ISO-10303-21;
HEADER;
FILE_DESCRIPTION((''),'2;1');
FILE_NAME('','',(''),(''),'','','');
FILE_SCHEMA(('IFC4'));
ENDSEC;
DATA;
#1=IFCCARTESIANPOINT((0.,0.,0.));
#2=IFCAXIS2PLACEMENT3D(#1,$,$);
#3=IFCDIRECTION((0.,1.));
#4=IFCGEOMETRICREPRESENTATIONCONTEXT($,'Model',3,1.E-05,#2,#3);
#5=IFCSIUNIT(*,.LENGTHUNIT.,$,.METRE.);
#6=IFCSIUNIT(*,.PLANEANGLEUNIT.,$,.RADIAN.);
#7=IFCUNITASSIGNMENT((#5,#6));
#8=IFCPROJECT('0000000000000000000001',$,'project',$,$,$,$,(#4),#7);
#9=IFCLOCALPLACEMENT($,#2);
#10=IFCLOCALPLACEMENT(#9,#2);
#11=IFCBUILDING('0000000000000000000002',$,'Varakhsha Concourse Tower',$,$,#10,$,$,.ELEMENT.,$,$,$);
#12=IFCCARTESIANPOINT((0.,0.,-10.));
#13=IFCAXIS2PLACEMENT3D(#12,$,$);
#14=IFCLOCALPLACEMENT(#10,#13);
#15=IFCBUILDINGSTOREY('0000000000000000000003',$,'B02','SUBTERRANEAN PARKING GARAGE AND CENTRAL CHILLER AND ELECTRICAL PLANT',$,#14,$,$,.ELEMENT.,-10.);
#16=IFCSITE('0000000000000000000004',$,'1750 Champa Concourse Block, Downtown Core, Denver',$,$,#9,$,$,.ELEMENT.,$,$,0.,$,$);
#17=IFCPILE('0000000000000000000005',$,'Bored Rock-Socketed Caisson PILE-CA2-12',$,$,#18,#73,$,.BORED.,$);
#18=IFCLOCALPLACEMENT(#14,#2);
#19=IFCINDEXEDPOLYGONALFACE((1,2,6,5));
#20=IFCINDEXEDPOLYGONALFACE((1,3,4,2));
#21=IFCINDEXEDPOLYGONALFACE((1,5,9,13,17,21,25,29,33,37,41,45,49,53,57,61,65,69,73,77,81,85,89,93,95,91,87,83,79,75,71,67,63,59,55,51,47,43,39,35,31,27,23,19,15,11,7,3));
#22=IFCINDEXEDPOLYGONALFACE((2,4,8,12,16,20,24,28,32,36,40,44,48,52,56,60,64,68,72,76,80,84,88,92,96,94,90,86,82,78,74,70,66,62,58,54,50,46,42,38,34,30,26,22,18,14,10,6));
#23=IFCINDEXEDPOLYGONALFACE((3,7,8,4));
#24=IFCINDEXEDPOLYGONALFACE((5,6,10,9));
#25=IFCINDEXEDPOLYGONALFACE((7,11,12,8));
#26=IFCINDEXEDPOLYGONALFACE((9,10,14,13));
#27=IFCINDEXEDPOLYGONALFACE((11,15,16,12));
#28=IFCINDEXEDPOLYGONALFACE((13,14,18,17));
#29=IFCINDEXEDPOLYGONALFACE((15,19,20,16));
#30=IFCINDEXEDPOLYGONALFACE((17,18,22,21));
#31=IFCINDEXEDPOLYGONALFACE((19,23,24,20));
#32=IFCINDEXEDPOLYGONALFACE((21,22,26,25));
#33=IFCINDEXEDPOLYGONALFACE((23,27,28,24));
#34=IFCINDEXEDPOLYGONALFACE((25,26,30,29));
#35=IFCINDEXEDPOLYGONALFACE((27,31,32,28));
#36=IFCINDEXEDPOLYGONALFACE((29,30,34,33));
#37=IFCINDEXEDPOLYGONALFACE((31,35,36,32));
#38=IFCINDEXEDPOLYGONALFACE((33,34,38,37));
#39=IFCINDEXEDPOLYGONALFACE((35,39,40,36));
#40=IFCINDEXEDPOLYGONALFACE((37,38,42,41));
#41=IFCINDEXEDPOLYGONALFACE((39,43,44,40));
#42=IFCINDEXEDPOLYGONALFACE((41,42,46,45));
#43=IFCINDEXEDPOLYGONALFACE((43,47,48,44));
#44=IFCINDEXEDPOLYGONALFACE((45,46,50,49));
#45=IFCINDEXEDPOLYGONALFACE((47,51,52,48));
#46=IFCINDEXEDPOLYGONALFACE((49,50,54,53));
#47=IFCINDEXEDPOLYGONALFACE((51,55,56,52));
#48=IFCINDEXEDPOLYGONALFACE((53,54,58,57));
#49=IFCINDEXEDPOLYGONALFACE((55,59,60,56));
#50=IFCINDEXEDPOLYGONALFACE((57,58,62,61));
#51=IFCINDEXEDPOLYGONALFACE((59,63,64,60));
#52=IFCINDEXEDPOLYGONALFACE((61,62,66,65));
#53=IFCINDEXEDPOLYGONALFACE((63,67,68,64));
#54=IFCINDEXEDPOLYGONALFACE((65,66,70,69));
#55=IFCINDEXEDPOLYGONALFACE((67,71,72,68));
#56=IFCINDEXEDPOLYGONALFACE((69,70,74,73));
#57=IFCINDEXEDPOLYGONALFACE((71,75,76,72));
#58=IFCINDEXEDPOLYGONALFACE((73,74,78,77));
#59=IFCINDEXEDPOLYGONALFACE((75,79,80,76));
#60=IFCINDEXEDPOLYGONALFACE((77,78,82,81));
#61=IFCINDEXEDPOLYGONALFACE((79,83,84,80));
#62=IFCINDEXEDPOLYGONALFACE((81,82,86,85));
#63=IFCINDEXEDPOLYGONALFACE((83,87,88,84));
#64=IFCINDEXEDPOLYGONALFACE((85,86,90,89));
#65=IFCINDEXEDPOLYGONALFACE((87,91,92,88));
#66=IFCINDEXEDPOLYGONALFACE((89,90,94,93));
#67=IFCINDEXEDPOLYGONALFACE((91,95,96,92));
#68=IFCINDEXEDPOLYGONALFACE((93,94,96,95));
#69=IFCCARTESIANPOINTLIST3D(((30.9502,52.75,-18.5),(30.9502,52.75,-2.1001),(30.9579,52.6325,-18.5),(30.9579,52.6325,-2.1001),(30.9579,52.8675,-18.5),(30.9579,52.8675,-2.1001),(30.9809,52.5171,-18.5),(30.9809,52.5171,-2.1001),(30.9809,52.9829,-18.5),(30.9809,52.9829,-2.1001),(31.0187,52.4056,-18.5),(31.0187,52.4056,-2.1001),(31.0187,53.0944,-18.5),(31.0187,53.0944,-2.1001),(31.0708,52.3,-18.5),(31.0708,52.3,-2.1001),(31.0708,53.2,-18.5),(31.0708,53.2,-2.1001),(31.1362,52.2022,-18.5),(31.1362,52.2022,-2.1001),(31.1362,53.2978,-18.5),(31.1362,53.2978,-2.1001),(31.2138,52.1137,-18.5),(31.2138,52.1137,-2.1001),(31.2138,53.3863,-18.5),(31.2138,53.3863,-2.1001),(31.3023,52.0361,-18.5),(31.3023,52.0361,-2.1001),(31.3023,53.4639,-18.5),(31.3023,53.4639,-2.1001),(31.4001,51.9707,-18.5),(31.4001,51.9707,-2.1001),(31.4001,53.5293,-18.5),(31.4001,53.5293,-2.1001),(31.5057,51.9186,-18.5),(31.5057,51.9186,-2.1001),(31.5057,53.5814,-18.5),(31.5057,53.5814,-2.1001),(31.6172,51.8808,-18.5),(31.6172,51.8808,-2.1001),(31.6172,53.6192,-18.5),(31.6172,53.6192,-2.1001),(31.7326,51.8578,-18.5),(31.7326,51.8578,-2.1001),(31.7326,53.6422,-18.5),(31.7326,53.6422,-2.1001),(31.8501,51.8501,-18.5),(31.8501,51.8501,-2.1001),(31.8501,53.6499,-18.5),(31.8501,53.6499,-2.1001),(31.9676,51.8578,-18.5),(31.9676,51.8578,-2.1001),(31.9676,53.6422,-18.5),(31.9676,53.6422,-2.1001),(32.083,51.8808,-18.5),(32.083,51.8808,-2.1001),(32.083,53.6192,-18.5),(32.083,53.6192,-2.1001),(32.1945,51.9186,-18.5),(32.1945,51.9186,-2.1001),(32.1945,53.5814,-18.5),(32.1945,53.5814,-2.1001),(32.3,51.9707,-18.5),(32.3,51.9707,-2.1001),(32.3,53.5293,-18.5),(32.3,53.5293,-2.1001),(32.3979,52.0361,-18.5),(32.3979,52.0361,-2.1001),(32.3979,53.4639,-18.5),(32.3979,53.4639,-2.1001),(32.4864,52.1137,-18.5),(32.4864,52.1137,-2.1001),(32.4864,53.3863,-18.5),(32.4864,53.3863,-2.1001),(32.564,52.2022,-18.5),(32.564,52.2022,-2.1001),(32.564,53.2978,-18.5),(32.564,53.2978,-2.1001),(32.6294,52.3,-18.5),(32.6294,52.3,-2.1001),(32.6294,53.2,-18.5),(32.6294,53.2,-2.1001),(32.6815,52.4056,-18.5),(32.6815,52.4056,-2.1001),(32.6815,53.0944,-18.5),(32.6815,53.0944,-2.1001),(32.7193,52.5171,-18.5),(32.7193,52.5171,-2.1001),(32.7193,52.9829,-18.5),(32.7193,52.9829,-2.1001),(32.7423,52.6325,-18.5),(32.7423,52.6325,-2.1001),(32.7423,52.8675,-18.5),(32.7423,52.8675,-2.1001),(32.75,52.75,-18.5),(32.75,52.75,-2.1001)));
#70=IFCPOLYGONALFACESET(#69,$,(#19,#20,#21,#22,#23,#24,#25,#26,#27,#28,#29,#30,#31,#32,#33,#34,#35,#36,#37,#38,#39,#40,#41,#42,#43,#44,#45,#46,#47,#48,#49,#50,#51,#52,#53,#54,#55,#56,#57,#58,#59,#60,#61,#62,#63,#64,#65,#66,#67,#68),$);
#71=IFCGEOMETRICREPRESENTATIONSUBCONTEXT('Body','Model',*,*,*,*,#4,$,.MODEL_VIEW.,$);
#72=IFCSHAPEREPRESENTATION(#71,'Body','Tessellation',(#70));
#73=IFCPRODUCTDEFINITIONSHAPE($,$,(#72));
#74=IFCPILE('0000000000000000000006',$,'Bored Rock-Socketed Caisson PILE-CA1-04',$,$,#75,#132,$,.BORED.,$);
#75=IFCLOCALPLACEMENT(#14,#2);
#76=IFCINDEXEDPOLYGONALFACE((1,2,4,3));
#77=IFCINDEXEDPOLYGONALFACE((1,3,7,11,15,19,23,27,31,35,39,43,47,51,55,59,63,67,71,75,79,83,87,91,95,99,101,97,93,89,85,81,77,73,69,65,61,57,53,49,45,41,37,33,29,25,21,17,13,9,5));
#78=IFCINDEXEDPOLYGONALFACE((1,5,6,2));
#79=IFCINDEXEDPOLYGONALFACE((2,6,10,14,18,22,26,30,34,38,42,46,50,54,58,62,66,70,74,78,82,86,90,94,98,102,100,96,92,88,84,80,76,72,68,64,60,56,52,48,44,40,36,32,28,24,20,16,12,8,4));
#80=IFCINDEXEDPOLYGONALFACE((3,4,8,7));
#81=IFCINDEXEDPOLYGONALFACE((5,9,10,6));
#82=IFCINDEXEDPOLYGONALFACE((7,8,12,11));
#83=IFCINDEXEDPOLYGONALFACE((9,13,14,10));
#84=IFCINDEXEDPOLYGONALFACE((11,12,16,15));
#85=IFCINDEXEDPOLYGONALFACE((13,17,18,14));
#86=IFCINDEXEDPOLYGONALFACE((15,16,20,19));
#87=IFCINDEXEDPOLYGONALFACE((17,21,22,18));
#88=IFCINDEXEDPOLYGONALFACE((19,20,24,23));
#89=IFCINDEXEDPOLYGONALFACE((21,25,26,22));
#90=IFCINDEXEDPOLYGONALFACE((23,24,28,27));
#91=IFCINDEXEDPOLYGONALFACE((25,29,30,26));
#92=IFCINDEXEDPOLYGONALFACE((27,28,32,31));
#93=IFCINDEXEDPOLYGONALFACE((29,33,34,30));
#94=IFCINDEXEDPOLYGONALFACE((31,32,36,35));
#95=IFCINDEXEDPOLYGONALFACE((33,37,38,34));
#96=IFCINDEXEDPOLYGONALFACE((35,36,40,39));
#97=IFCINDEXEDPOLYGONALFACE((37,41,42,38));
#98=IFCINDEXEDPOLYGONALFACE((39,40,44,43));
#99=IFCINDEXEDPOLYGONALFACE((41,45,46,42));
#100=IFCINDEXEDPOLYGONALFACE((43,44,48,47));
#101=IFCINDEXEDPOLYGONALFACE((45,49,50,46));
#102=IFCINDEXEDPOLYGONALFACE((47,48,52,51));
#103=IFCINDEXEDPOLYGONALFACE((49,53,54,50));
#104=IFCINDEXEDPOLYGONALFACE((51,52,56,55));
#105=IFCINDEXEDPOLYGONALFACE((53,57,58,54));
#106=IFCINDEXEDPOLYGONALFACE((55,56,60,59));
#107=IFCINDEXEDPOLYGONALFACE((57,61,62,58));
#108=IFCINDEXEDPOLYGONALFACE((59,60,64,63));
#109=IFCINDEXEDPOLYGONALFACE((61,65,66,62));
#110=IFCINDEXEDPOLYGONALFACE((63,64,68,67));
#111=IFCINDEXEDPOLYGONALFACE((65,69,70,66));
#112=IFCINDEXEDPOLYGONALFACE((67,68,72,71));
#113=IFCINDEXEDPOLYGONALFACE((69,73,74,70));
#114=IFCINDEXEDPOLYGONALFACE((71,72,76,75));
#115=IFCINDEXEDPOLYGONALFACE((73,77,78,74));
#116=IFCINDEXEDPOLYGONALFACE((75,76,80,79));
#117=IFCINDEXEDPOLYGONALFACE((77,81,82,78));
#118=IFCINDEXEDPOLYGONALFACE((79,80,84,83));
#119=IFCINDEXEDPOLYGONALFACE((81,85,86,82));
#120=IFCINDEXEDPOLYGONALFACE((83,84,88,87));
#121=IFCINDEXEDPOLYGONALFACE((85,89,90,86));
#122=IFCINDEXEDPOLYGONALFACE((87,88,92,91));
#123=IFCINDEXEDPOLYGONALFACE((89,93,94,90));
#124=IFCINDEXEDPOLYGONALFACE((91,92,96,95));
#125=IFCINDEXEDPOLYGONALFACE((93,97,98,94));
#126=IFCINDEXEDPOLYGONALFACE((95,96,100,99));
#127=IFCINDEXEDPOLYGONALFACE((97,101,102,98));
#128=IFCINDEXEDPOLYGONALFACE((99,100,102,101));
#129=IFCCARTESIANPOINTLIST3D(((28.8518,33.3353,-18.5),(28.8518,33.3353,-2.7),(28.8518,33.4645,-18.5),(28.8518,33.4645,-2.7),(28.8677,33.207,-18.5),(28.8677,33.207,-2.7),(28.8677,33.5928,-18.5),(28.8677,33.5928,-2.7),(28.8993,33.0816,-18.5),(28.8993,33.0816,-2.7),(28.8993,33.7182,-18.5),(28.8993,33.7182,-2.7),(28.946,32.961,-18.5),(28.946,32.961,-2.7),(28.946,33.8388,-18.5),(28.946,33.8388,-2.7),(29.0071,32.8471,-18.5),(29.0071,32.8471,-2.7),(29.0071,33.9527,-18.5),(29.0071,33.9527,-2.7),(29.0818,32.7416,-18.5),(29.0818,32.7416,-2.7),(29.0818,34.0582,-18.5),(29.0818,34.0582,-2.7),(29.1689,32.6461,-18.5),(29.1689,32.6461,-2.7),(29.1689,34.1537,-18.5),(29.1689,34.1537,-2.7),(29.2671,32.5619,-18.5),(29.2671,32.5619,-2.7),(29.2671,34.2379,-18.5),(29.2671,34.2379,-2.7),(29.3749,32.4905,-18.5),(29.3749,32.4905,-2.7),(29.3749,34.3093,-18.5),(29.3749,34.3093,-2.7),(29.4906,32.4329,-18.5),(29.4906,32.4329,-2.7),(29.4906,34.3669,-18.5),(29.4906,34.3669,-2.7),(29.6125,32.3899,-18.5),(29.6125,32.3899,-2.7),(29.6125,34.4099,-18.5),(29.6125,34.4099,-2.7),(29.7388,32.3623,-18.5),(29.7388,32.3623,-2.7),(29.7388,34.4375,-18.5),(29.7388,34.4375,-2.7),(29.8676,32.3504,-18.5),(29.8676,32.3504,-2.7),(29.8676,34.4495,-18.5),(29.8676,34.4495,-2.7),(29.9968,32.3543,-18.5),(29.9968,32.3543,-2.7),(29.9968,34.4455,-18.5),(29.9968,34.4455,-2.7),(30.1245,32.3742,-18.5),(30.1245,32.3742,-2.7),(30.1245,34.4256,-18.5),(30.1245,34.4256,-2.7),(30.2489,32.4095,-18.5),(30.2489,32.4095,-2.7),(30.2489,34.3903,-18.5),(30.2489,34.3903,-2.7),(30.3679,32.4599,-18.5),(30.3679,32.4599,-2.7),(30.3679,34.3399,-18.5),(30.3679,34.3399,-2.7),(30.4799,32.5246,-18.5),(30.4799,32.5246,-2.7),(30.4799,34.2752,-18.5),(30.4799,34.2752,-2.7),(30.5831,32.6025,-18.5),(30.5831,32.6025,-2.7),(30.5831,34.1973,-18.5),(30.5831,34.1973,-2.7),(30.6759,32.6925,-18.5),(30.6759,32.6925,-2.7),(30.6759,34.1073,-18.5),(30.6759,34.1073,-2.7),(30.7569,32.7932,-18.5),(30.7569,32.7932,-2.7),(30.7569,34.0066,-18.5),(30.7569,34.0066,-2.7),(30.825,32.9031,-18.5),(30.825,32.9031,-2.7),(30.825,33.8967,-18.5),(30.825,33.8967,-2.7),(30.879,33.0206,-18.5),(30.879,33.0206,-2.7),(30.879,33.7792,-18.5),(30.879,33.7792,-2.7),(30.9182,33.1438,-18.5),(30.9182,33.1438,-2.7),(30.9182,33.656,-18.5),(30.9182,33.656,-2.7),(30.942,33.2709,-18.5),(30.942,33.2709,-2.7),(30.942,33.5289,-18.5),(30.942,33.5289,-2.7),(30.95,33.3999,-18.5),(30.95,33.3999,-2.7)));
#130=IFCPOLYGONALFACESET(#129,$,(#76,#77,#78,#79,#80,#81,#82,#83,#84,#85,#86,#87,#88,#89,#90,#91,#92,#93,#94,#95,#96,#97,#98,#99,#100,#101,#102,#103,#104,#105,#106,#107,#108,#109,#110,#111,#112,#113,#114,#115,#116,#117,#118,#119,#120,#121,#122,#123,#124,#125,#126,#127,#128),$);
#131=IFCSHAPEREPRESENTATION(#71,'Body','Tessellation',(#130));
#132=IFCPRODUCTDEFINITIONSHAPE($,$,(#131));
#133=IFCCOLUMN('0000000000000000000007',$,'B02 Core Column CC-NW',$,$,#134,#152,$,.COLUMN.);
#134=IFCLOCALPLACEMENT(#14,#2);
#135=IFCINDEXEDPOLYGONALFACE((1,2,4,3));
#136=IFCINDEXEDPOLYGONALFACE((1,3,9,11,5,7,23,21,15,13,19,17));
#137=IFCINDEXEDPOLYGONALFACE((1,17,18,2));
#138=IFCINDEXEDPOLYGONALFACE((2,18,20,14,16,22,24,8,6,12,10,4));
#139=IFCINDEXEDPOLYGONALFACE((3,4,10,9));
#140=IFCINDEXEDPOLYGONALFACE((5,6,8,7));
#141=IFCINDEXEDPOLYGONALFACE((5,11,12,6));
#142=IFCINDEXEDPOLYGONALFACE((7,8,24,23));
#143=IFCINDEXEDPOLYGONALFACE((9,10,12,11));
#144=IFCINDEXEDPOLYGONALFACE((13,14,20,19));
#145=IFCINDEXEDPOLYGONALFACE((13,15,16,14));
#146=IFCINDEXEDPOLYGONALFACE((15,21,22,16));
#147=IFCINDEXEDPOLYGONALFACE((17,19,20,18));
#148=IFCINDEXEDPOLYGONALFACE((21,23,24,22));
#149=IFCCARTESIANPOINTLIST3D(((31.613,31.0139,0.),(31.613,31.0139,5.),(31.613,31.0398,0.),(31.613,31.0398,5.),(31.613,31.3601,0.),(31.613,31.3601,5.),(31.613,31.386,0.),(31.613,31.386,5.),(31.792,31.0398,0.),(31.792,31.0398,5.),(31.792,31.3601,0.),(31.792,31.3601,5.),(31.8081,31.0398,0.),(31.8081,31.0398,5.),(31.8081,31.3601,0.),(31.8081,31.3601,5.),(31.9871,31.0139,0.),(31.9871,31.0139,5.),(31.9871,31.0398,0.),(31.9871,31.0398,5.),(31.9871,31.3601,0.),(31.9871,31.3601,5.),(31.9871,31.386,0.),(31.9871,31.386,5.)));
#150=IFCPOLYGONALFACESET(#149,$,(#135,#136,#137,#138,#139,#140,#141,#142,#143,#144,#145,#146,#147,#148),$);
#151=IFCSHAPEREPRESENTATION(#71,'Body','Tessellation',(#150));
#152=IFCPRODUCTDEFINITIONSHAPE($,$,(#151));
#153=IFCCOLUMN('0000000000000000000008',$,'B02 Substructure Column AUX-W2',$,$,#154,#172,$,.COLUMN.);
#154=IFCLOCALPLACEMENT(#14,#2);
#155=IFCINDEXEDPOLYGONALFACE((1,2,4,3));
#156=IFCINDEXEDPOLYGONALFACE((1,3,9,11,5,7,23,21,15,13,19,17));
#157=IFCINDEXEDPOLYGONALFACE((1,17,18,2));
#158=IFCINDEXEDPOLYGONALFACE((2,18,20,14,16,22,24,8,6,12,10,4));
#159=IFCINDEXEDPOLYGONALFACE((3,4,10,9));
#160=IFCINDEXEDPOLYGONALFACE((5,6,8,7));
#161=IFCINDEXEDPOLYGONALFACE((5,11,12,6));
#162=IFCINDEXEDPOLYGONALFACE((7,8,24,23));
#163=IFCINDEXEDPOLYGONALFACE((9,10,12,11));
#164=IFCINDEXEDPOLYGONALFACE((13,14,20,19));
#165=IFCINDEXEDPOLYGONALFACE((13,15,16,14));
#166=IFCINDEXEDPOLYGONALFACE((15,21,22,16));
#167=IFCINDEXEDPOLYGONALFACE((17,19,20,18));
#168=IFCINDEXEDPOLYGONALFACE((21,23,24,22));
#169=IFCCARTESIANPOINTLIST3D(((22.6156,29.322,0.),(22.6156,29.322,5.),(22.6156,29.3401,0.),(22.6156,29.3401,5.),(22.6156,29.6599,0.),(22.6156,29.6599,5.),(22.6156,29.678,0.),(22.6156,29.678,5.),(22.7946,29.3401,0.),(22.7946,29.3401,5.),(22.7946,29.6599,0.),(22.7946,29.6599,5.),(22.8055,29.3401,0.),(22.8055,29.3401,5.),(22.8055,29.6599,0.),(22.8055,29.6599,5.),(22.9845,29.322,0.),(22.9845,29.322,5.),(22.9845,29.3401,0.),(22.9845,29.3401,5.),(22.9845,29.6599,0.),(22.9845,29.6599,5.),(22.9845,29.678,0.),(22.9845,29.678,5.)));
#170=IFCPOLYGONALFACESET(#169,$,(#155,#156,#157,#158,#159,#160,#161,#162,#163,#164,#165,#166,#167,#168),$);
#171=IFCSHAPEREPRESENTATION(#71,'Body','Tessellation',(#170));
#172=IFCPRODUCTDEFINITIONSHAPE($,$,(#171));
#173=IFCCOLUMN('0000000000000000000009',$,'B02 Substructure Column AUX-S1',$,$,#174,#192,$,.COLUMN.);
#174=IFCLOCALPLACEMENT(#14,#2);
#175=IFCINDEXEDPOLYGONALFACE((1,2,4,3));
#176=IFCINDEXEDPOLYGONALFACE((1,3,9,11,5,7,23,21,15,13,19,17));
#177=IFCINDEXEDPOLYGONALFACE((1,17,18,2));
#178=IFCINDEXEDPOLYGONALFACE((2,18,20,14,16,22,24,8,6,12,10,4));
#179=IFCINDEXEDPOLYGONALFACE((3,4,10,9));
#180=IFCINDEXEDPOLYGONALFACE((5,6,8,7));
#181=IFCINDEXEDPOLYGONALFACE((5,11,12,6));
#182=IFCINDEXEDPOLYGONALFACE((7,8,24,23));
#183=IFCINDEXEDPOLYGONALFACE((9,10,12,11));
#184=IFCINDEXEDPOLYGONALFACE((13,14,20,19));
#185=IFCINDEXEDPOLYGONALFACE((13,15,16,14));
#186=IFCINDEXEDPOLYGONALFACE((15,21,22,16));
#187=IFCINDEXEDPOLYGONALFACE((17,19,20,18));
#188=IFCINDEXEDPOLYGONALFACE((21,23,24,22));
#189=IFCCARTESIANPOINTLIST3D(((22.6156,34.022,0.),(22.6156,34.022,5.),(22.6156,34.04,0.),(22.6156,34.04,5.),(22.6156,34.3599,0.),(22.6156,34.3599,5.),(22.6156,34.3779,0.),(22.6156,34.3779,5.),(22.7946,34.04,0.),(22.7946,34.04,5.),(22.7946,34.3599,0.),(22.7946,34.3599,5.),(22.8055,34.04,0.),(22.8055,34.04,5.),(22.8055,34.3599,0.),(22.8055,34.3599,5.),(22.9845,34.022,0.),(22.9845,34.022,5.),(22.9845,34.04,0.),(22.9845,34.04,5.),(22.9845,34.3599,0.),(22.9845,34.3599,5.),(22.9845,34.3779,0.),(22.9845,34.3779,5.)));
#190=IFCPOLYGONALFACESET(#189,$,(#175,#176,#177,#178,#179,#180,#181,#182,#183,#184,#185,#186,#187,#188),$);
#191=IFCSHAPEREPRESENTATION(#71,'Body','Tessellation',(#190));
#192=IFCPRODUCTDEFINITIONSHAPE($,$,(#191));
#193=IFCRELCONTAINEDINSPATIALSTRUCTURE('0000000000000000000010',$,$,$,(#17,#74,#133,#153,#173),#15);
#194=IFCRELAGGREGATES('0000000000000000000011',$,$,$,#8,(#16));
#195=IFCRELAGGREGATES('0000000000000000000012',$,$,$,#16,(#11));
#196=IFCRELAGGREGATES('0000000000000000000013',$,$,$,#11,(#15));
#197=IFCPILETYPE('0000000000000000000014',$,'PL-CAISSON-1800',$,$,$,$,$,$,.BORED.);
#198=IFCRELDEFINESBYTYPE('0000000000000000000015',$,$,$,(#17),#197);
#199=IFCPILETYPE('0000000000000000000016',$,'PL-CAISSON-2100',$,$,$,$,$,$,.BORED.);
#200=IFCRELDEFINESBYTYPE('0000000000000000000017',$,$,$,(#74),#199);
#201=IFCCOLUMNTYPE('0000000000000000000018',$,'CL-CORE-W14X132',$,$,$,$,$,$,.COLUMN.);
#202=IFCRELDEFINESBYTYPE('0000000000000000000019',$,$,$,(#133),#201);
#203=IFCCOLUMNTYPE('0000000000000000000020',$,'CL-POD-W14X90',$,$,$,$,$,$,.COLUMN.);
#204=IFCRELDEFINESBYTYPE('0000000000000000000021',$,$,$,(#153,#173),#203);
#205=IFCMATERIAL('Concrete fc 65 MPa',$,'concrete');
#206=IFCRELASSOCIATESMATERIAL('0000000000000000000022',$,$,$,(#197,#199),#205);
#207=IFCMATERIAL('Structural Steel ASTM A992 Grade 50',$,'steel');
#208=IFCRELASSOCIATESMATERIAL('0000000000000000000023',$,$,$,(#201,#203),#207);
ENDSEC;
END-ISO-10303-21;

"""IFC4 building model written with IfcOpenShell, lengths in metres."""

from ifc_helpers import new_model, si_unit, direction, frame, origin, origin_2d, place, context, subcontext, project, spatial, circle, i_section, extrude, material, material_profile, profile_set, type_object, element, save


model = new_model("IFC4")

# Units and contexts
model_context = context("Model", 3, precision=1e-05, world=origin(), true_north=direction((0.0, 1.0)))
body_context = subcontext(model_context, "Body", "Model", "MODEL_VIEW")
ifc_project = project(units=[si_unit("LENGTHUNIT", "METRE"), si_unit("PLANEANGLEUNIT", "RADIAN")], contexts=[model_context])

# Site, building, storey
site_placement = place(None, origin())
site = spatial("IfcSite", under=ifc_project, at=site_placement, Name="1750 Champa Concourse Block, Downtown Core, Denver", CompositionType="ELEMENT", RefElevation=0.0)
building_placement = place(site_placement, origin())
building = spatial("IfcBuilding", under=site, at=building_placement, Name="Varakhsha Concourse Tower", CompositionType="ELEMENT")
storey_placement = place(building_placement, frame((0.0, 0.0, -10.0)))
storey = spatial("IfcBuildingStorey", under=building, at=storey_placement, Name="B02", Description="SUBTERRANEAN PARKING GARAGE AND CENTRAL CHILLER AND ELECTRICAL PLANT", CompositionType="ELEMENT", Elevation=-10.0)

# Piles
ifc_material_1 = material(Name="Concrete fc 65 MPa", Category="concrete")
ifc_material_profile_1 = material_profile(ifc_material_1, circle(Radius=0.8999, at=origin_2d()), Name="CAISSON D1800")
ifc_profile_set_1 = profile_set([ifc_material_profile_1], Name="Concrete fc 65 MPa")
pile_type_1 = type_object("IfcPileType", Name="PL-CAISSON-1800", PredefinedType="BORED", material=ifc_profile_set_1)
for number, where, z_axis, x_axis, name in (
    (1, (31.8501, 52.75, -2.1001), (0.0, 0.0, -1.0), (1.0, 0.0, 0.0), "Bored Rock-Socketed Caisson PILE-CA2-12"),
):
    element("IfcPile", number, at=place(storey_placement, frame(where, z_axis=z_axis, x_axis=x_axis)), inside=storey, type_object=pile_type_1, Name=name, PredefinedType="BORED", context=body_context, shape_type="SweptSolid", body=[
        extrude(circle(Radius=0.8999, at=origin_2d()), origin(), (0.0, 0.0, 1.0), 16.3999),
    ])
ifc_material_profile_2 = material_profile(ifc_material_1, circle(Radius=1.05, at=origin_2d()), Name="CAISSON D2100")
ifc_profile_set_2 = profile_set([ifc_material_profile_2], Name="Concrete fc 65 MPa")
pile_type_2 = type_object("IfcPileType", Name="PL-CAISSON-2100", PredefinedType="BORED", material=ifc_profile_set_2)
pile_placement = place(storey_placement, frame((29.8999, 33.3999, -2.7), z_axis=(0.0, 0.0, -1.0), x_axis=(1.0, 0.0, 0.0)))
element("IfcPile", 2, at=pile_placement, inside=storey, type_object=pile_type_2, Name="Bored Rock-Socketed Caisson PILE-CA1-04", PredefinedType="BORED", context=body_context, shape_type="SweptSolid", body=[
    extrude(circle(Radius=1.05, at=origin_2d()), origin(), (0.0, 0.0, 1.0), 15.8),
])

# Columns
ifc_material_2 = material(Name="Structural Steel ASTM A992 Grade 50", Category="steel")
ifc_material_profile_3 = material_profile(ifc_material_2, i_section(OverallWidth=0.374, OverallDepth=0.3721, WebThickness=0.0161, FlangeThickness=0.0259, at=origin_2d()), Name="W14X132")
ifc_profile_set_3 = profile_set([ifc_material_profile_3], Name="Structural Steel ASTM A992 Grade 50")
column_type_1 = type_object("IfcColumnType", Name="CL-CORE-W14X132", PredefinedType="COLUMN", material=ifc_profile_set_3)
column_placement = place(storey_placement, frame((31.8, 31.2, 0.0), z_axis=(0.0, 0.0, 1.0), x_axis=(1.0, 0.0, 0.0)))
element("IfcColumn", 3, at=column_placement, inside=storey, type_object=column_type_1, Name="B02 Core Column CC-NW", PredefinedType="COLUMN", context=body_context, shape_type="SweptSolid", body=[
    extrude(i_section(OverallWidth=0.374, OverallDepth=0.3721, WebThickness=0.0161, FlangeThickness=0.0259, at=origin_2d()), origin(), (0.0, 0.0, 1.0), 5.0),
])
ifc_material_profile_4 = material_profile(ifc_material_2, i_section(OverallWidth=0.3689, OverallDepth=0.356, WebThickness=0.011, FlangeThickness=0.0181, at=origin_2d()), Name="W14X90")
ifc_profile_set_4 = profile_set([ifc_material_profile_4], Name="Structural Steel ASTM A992 Grade 50")
column_type_2 = type_object("IfcColumnType", Name="CL-POD-W14X90", PredefinedType="COLUMN", material=ifc_profile_set_4)
for number, where, z_axis, x_axis, name in (
    (4, (22.8, 29.5, 0.0), (0.0, 0.0, 1.0), (1.0, 0.0, 0.0), "B02 Substructure Column AUX-W2"),
    (5, (22.8, 34.2, 0.0), (0.0, 0.0, 1.0), (1.0, 0.0, 0.0), "B02 Substructure Column AUX-S1"),
):
    element("IfcColumn", number, at=place(storey_placement, frame(where, z_axis=z_axis, x_axis=x_axis)), inside=storey, type_object=column_type_2, Name=name, PredefinedType="COLUMN", context=body_context, shape_type="SweptSolid", body=[
        extrude(i_section(OverallWidth=0.3689, OverallDepth=0.356, WebThickness=0.011, FlangeThickness=0.0181, at=origin_2d()), origin(), (0.0, 0.0, 1.0), 5.0),
    ])

save(model, "model.ifc")
